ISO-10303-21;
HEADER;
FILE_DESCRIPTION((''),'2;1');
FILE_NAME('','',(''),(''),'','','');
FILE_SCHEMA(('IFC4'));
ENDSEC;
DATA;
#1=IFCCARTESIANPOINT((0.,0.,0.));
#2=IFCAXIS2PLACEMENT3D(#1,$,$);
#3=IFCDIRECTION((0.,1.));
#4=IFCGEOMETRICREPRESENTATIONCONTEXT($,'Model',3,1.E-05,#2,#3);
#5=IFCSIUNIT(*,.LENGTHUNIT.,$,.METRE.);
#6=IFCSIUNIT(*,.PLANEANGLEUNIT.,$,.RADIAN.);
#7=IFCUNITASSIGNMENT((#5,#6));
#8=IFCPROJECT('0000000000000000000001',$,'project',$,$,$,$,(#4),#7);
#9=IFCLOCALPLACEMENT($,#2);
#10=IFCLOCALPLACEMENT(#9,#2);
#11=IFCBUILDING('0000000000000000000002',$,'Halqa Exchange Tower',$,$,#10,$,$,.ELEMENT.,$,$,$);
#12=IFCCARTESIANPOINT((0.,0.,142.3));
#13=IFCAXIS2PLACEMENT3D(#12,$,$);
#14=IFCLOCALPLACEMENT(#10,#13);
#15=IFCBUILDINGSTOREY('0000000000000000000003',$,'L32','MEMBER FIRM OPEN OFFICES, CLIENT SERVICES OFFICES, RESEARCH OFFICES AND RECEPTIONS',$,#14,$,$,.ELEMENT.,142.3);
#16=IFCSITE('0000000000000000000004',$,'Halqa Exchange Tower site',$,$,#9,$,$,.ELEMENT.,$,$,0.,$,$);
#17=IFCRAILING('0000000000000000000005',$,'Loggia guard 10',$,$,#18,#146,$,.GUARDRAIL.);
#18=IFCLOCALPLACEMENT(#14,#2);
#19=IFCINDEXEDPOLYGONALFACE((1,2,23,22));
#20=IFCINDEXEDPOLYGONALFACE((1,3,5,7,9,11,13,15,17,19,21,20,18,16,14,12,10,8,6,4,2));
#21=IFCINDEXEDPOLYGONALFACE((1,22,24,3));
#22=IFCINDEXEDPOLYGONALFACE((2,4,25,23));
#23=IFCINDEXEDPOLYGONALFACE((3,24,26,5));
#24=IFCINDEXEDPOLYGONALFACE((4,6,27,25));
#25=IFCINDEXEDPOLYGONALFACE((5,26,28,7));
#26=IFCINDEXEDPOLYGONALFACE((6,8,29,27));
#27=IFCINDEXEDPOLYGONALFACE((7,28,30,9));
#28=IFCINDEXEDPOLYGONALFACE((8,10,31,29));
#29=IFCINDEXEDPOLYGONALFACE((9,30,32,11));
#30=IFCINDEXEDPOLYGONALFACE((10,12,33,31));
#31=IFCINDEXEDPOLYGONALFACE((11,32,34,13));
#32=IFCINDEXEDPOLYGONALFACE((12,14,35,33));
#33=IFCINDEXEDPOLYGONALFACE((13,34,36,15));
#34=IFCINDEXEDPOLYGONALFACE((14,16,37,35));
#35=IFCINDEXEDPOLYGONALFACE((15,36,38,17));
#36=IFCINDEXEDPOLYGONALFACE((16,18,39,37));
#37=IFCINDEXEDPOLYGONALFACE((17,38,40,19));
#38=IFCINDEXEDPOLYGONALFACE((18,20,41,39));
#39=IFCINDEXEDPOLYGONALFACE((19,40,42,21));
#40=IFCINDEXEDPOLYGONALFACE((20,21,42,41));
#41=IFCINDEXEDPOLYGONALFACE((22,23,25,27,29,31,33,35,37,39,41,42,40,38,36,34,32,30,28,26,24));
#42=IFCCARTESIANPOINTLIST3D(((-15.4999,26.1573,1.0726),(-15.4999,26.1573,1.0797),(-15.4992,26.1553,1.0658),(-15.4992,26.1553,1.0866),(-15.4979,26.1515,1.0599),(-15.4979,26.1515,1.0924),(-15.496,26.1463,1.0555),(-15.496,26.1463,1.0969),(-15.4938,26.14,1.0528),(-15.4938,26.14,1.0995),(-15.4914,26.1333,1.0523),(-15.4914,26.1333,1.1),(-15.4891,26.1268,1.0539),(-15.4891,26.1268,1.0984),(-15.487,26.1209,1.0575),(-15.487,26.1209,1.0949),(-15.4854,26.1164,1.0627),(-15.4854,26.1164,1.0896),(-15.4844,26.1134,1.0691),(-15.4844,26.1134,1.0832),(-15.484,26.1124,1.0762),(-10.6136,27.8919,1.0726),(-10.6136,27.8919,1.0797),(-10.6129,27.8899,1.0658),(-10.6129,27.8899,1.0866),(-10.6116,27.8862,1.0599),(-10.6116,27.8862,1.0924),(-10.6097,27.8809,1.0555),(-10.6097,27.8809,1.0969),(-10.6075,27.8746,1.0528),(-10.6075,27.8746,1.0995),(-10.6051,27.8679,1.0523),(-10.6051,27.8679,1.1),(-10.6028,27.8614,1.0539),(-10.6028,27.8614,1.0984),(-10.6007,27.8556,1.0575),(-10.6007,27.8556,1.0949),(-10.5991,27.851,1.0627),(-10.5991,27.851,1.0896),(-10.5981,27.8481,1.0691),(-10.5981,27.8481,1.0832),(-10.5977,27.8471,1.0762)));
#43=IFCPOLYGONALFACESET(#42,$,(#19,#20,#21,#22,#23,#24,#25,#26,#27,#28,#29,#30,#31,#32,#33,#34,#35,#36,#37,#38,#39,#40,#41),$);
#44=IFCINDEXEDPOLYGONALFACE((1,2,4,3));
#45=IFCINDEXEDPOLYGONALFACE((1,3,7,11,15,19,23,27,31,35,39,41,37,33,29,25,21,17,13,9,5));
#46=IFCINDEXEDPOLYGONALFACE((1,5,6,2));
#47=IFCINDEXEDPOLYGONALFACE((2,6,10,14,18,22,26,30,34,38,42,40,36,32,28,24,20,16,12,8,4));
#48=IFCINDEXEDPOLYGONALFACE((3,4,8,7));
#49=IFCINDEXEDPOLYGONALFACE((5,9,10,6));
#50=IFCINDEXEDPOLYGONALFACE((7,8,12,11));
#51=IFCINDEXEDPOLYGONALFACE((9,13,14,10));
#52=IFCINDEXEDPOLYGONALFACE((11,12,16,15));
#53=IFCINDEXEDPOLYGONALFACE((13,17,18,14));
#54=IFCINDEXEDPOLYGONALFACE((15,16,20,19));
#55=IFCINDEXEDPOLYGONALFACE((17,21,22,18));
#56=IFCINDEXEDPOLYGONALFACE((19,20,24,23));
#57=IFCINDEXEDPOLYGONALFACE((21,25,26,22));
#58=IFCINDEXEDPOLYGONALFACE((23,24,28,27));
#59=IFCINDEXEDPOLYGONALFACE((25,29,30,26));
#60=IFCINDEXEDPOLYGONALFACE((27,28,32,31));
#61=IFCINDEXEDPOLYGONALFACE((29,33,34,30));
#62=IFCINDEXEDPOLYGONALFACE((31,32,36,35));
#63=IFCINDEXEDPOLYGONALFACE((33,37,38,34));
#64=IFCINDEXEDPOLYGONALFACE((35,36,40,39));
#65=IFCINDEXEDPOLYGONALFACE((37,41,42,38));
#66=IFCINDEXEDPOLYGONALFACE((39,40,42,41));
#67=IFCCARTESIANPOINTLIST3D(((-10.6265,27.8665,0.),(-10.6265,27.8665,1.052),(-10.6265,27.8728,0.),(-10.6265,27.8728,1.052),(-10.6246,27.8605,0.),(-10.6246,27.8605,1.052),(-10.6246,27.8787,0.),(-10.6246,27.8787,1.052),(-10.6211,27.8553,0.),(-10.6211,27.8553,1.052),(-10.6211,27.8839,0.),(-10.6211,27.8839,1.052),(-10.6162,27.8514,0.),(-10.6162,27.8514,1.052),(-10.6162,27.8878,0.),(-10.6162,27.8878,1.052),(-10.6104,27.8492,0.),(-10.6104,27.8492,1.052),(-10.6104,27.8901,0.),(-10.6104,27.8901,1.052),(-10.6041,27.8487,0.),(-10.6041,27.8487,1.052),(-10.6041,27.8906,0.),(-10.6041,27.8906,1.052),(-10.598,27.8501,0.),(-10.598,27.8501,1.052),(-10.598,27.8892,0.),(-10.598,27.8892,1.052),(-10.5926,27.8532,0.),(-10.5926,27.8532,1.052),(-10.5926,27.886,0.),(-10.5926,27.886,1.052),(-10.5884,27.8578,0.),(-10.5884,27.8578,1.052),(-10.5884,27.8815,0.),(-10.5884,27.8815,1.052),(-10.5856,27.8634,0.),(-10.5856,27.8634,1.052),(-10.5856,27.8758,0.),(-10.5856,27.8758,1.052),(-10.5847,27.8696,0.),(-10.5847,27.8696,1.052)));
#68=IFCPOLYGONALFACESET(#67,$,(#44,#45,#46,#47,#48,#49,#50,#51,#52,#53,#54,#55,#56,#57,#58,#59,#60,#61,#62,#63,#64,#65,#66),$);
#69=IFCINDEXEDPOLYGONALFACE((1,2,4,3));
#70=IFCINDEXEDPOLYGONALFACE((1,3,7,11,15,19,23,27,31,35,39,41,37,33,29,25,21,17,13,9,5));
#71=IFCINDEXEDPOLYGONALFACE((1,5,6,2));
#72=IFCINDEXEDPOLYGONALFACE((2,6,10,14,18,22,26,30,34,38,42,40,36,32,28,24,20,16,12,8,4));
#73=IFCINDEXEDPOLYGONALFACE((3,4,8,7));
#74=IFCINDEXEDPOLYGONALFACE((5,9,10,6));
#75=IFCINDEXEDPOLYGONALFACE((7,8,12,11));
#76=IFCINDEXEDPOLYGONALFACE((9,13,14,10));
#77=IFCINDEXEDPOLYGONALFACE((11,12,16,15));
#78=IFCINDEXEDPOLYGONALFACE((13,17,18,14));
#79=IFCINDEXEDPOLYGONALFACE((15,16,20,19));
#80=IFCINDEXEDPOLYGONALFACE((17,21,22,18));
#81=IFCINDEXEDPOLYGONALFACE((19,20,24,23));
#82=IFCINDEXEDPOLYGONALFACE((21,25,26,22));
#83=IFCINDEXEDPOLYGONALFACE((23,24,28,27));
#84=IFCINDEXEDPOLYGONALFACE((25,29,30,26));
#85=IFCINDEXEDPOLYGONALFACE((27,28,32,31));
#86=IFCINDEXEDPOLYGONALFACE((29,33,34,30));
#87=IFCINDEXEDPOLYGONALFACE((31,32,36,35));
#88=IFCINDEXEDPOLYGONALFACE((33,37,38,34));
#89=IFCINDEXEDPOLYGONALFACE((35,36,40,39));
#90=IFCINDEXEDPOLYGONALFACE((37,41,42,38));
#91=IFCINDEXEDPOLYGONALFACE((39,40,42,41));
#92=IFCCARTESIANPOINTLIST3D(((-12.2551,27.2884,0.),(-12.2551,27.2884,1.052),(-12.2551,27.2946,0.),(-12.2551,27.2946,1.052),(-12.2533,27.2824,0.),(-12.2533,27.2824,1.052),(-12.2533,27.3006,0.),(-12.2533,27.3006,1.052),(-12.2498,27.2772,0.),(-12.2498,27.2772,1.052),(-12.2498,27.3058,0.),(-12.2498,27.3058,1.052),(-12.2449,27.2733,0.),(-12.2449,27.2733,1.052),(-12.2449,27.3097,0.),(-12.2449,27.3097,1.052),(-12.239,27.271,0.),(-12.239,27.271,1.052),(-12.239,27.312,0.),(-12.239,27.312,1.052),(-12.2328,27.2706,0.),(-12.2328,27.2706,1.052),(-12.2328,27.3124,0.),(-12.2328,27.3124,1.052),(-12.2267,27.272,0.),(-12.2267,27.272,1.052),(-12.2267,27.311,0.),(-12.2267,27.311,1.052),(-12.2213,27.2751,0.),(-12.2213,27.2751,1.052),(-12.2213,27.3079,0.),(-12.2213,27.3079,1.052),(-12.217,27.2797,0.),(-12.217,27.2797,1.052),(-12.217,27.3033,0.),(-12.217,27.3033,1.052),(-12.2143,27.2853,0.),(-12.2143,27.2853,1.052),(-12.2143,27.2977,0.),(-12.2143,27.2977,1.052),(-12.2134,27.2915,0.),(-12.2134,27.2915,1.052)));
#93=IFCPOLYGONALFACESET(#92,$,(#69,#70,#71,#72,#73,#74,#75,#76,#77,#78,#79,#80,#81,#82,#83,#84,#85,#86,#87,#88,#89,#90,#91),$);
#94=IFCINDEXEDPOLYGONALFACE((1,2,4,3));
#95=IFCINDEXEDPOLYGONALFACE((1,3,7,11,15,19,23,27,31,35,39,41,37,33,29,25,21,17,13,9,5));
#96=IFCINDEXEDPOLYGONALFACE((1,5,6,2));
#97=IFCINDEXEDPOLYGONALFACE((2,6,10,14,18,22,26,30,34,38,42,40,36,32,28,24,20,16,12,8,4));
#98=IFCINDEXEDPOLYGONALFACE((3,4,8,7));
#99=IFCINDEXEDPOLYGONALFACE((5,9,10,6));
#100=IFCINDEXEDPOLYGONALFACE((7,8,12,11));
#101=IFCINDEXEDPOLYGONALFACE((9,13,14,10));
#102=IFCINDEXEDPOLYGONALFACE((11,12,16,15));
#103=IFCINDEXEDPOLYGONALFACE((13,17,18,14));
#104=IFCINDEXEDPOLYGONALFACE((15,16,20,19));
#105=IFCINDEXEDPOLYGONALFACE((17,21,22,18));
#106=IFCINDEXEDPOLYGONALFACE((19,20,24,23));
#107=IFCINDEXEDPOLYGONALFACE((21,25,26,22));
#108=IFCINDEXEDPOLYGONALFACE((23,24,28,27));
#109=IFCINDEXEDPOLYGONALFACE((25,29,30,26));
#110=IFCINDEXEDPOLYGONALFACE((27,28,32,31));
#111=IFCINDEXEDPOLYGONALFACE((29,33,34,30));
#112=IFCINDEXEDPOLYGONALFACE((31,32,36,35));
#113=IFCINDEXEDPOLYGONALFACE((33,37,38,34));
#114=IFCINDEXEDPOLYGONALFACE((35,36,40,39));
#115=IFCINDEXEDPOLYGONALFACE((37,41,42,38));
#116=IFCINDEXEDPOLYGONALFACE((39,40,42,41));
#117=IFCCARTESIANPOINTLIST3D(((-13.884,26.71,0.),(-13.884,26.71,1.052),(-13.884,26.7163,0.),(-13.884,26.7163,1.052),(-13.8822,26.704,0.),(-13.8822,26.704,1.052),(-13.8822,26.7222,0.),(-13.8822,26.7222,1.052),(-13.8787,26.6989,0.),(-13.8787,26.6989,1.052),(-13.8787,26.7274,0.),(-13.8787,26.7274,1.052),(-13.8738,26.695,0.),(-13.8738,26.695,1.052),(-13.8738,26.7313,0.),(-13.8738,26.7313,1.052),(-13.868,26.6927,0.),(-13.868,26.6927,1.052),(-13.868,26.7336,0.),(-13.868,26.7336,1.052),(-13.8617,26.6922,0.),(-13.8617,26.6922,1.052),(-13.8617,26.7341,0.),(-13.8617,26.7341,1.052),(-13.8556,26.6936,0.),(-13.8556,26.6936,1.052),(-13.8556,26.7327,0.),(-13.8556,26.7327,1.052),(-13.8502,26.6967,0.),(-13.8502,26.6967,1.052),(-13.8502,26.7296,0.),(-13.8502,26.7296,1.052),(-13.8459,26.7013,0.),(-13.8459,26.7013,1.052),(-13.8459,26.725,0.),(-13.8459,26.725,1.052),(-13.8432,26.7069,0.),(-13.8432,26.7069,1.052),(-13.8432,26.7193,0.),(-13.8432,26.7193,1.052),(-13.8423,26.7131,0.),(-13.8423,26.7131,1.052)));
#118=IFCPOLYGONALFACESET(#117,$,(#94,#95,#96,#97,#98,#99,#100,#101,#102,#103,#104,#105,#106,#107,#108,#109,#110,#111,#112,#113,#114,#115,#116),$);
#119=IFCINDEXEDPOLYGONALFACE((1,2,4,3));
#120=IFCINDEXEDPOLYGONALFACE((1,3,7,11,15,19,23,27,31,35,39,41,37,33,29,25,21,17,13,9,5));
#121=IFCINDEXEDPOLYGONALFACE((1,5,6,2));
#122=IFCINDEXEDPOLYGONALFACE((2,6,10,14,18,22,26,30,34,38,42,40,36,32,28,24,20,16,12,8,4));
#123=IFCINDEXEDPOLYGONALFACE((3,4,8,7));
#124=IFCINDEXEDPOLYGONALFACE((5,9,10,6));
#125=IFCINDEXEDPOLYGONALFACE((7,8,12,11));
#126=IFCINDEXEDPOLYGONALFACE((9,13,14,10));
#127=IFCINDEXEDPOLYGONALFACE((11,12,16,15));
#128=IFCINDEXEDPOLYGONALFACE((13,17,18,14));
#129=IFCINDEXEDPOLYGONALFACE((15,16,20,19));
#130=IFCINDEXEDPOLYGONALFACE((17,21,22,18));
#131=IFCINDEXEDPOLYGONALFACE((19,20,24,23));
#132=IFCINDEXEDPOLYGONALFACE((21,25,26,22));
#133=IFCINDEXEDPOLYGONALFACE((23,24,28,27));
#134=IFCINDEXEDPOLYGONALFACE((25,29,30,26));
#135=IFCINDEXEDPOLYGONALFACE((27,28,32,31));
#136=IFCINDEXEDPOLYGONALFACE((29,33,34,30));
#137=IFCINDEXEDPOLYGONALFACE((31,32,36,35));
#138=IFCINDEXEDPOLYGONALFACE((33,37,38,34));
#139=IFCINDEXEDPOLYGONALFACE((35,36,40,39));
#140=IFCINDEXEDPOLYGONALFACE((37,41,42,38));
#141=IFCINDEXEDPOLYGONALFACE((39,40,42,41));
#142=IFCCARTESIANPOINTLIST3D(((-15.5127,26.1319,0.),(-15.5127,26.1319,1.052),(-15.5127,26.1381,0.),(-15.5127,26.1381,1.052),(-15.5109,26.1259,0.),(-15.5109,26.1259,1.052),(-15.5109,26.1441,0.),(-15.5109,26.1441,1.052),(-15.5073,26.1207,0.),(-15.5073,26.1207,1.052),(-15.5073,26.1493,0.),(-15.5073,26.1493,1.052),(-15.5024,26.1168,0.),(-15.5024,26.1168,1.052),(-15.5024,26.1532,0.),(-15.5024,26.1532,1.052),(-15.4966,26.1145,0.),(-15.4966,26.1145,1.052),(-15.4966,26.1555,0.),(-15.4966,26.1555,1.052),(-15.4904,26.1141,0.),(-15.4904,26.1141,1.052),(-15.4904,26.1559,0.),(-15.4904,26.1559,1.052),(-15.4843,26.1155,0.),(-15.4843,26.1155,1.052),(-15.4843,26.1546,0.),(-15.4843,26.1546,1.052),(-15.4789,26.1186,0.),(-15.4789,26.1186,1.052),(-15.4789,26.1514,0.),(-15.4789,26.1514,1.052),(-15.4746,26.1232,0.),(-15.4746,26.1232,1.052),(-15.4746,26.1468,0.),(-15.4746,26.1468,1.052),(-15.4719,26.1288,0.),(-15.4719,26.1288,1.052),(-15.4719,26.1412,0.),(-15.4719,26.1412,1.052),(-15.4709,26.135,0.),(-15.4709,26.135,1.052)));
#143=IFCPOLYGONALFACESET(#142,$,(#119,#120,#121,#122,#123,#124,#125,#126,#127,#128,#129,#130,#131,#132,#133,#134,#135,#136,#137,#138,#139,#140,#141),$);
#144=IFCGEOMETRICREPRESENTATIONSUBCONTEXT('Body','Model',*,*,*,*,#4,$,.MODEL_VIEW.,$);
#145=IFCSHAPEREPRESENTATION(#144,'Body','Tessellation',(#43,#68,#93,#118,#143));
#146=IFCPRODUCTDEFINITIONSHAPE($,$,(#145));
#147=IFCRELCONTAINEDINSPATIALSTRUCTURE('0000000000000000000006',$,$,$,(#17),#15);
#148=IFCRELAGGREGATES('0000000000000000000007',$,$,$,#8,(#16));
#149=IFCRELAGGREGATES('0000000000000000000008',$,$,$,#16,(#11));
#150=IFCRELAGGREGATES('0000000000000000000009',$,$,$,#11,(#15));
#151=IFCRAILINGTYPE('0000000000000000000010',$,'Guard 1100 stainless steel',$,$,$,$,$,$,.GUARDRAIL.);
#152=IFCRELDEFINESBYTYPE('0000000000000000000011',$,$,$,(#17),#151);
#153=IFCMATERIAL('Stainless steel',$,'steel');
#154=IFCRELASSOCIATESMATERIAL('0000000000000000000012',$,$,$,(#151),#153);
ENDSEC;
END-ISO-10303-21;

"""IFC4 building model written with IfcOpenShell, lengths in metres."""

from ifc_helpers import new_model, si_unit, direction, frame, origin, origin_2d, place, context, subcontext, project, spatial, circle, extrude, material, type_object, element, save


model = new_model("IFC4")

# Units and contexts
model_context = context("Model", 3, precision=1e-05, world=origin(), true_north=direction((0.0, 1.0)))
body_context = subcontext(model_context, "Body", "Model", "MODEL_VIEW")
ifc_project = project(units=[si_unit("LENGTHUNIT", "METRE"), si_unit("PLANEANGLEUNIT", "RADIAN")], contexts=[model_context])

# Site, building, storey
site_placement = place(None, origin())
site = spatial("IfcSite", under=ifc_project, at=site_placement, Name="Halqa Exchange Tower site", CompositionType="ELEMENT", RefElevation=0.0)
building_placement = place(site_placement, origin())
building = spatial("IfcBuilding", under=site, at=building_placement, Name="Halqa Exchange Tower", CompositionType="ELEMENT")
storey_placement = place(building_placement, frame((0.0, 0.0, 142.3)))
storey = spatial("IfcBuildingStorey", under=building, at=storey_placement, Name="L32", Description="MEMBER FIRM OPEN OFFICES, CLIENT SERVICES OFFICES, RESEARCH OFFICES AND RECEPTIONS", CompositionType="ELEMENT", Elevation=142.3)

# Railing
ifc_material_1 = material(Name="Stainless steel", Category="steel")
railing_type_1 = type_object("IfcRailingType", Name="Guard 1100 stainless steel", PredefinedType="GUARDRAIL", material=ifc_material_1)
railing_1_placement = place(storey_placement, frame((-10.6057, 27.8696, 0.0)))
element("IfcRailing", 1, at=railing_1_placement, inside=storey, type_object=railing_type_1, Name="Loggia guard 10", PredefinedType="GUARDRAIL", context=body_context, shape_type="SweptSolid", body=[
    extrude(circle(Radius=0.0239, at=origin_2d()), frame((0.0, 0.0, 1.0762), z_axis=(-0.942379, -0.334546, 0.0), x_axis=(0.334546, -0.942379, 0.0)), (0.0, 0.0, 1.0), 5.1851),
    extrude(circle(Radius=0.021, at=origin_2d()), origin(), (0.0, 0.0, 1.0), 1.052),
    extrude(circle(Radius=0.021, at=origin_2d()), frame((-1.6287, -0.5781, 0.0)), (0.0, 0.0, 1.0), 1.052),
    extrude(circle(Radius=0.021, at=origin_2d()), frame((-3.2576, -1.1565, 0.0)), (0.0, 0.0, 1.0), 1.052),
    extrude(circle(Radius=0.021, at=origin_2d()), frame((-4.8862, -1.7346, 0.0)), (0.0, 0.0, 1.0), 1.052),
])

save(model, "model.ifc")
